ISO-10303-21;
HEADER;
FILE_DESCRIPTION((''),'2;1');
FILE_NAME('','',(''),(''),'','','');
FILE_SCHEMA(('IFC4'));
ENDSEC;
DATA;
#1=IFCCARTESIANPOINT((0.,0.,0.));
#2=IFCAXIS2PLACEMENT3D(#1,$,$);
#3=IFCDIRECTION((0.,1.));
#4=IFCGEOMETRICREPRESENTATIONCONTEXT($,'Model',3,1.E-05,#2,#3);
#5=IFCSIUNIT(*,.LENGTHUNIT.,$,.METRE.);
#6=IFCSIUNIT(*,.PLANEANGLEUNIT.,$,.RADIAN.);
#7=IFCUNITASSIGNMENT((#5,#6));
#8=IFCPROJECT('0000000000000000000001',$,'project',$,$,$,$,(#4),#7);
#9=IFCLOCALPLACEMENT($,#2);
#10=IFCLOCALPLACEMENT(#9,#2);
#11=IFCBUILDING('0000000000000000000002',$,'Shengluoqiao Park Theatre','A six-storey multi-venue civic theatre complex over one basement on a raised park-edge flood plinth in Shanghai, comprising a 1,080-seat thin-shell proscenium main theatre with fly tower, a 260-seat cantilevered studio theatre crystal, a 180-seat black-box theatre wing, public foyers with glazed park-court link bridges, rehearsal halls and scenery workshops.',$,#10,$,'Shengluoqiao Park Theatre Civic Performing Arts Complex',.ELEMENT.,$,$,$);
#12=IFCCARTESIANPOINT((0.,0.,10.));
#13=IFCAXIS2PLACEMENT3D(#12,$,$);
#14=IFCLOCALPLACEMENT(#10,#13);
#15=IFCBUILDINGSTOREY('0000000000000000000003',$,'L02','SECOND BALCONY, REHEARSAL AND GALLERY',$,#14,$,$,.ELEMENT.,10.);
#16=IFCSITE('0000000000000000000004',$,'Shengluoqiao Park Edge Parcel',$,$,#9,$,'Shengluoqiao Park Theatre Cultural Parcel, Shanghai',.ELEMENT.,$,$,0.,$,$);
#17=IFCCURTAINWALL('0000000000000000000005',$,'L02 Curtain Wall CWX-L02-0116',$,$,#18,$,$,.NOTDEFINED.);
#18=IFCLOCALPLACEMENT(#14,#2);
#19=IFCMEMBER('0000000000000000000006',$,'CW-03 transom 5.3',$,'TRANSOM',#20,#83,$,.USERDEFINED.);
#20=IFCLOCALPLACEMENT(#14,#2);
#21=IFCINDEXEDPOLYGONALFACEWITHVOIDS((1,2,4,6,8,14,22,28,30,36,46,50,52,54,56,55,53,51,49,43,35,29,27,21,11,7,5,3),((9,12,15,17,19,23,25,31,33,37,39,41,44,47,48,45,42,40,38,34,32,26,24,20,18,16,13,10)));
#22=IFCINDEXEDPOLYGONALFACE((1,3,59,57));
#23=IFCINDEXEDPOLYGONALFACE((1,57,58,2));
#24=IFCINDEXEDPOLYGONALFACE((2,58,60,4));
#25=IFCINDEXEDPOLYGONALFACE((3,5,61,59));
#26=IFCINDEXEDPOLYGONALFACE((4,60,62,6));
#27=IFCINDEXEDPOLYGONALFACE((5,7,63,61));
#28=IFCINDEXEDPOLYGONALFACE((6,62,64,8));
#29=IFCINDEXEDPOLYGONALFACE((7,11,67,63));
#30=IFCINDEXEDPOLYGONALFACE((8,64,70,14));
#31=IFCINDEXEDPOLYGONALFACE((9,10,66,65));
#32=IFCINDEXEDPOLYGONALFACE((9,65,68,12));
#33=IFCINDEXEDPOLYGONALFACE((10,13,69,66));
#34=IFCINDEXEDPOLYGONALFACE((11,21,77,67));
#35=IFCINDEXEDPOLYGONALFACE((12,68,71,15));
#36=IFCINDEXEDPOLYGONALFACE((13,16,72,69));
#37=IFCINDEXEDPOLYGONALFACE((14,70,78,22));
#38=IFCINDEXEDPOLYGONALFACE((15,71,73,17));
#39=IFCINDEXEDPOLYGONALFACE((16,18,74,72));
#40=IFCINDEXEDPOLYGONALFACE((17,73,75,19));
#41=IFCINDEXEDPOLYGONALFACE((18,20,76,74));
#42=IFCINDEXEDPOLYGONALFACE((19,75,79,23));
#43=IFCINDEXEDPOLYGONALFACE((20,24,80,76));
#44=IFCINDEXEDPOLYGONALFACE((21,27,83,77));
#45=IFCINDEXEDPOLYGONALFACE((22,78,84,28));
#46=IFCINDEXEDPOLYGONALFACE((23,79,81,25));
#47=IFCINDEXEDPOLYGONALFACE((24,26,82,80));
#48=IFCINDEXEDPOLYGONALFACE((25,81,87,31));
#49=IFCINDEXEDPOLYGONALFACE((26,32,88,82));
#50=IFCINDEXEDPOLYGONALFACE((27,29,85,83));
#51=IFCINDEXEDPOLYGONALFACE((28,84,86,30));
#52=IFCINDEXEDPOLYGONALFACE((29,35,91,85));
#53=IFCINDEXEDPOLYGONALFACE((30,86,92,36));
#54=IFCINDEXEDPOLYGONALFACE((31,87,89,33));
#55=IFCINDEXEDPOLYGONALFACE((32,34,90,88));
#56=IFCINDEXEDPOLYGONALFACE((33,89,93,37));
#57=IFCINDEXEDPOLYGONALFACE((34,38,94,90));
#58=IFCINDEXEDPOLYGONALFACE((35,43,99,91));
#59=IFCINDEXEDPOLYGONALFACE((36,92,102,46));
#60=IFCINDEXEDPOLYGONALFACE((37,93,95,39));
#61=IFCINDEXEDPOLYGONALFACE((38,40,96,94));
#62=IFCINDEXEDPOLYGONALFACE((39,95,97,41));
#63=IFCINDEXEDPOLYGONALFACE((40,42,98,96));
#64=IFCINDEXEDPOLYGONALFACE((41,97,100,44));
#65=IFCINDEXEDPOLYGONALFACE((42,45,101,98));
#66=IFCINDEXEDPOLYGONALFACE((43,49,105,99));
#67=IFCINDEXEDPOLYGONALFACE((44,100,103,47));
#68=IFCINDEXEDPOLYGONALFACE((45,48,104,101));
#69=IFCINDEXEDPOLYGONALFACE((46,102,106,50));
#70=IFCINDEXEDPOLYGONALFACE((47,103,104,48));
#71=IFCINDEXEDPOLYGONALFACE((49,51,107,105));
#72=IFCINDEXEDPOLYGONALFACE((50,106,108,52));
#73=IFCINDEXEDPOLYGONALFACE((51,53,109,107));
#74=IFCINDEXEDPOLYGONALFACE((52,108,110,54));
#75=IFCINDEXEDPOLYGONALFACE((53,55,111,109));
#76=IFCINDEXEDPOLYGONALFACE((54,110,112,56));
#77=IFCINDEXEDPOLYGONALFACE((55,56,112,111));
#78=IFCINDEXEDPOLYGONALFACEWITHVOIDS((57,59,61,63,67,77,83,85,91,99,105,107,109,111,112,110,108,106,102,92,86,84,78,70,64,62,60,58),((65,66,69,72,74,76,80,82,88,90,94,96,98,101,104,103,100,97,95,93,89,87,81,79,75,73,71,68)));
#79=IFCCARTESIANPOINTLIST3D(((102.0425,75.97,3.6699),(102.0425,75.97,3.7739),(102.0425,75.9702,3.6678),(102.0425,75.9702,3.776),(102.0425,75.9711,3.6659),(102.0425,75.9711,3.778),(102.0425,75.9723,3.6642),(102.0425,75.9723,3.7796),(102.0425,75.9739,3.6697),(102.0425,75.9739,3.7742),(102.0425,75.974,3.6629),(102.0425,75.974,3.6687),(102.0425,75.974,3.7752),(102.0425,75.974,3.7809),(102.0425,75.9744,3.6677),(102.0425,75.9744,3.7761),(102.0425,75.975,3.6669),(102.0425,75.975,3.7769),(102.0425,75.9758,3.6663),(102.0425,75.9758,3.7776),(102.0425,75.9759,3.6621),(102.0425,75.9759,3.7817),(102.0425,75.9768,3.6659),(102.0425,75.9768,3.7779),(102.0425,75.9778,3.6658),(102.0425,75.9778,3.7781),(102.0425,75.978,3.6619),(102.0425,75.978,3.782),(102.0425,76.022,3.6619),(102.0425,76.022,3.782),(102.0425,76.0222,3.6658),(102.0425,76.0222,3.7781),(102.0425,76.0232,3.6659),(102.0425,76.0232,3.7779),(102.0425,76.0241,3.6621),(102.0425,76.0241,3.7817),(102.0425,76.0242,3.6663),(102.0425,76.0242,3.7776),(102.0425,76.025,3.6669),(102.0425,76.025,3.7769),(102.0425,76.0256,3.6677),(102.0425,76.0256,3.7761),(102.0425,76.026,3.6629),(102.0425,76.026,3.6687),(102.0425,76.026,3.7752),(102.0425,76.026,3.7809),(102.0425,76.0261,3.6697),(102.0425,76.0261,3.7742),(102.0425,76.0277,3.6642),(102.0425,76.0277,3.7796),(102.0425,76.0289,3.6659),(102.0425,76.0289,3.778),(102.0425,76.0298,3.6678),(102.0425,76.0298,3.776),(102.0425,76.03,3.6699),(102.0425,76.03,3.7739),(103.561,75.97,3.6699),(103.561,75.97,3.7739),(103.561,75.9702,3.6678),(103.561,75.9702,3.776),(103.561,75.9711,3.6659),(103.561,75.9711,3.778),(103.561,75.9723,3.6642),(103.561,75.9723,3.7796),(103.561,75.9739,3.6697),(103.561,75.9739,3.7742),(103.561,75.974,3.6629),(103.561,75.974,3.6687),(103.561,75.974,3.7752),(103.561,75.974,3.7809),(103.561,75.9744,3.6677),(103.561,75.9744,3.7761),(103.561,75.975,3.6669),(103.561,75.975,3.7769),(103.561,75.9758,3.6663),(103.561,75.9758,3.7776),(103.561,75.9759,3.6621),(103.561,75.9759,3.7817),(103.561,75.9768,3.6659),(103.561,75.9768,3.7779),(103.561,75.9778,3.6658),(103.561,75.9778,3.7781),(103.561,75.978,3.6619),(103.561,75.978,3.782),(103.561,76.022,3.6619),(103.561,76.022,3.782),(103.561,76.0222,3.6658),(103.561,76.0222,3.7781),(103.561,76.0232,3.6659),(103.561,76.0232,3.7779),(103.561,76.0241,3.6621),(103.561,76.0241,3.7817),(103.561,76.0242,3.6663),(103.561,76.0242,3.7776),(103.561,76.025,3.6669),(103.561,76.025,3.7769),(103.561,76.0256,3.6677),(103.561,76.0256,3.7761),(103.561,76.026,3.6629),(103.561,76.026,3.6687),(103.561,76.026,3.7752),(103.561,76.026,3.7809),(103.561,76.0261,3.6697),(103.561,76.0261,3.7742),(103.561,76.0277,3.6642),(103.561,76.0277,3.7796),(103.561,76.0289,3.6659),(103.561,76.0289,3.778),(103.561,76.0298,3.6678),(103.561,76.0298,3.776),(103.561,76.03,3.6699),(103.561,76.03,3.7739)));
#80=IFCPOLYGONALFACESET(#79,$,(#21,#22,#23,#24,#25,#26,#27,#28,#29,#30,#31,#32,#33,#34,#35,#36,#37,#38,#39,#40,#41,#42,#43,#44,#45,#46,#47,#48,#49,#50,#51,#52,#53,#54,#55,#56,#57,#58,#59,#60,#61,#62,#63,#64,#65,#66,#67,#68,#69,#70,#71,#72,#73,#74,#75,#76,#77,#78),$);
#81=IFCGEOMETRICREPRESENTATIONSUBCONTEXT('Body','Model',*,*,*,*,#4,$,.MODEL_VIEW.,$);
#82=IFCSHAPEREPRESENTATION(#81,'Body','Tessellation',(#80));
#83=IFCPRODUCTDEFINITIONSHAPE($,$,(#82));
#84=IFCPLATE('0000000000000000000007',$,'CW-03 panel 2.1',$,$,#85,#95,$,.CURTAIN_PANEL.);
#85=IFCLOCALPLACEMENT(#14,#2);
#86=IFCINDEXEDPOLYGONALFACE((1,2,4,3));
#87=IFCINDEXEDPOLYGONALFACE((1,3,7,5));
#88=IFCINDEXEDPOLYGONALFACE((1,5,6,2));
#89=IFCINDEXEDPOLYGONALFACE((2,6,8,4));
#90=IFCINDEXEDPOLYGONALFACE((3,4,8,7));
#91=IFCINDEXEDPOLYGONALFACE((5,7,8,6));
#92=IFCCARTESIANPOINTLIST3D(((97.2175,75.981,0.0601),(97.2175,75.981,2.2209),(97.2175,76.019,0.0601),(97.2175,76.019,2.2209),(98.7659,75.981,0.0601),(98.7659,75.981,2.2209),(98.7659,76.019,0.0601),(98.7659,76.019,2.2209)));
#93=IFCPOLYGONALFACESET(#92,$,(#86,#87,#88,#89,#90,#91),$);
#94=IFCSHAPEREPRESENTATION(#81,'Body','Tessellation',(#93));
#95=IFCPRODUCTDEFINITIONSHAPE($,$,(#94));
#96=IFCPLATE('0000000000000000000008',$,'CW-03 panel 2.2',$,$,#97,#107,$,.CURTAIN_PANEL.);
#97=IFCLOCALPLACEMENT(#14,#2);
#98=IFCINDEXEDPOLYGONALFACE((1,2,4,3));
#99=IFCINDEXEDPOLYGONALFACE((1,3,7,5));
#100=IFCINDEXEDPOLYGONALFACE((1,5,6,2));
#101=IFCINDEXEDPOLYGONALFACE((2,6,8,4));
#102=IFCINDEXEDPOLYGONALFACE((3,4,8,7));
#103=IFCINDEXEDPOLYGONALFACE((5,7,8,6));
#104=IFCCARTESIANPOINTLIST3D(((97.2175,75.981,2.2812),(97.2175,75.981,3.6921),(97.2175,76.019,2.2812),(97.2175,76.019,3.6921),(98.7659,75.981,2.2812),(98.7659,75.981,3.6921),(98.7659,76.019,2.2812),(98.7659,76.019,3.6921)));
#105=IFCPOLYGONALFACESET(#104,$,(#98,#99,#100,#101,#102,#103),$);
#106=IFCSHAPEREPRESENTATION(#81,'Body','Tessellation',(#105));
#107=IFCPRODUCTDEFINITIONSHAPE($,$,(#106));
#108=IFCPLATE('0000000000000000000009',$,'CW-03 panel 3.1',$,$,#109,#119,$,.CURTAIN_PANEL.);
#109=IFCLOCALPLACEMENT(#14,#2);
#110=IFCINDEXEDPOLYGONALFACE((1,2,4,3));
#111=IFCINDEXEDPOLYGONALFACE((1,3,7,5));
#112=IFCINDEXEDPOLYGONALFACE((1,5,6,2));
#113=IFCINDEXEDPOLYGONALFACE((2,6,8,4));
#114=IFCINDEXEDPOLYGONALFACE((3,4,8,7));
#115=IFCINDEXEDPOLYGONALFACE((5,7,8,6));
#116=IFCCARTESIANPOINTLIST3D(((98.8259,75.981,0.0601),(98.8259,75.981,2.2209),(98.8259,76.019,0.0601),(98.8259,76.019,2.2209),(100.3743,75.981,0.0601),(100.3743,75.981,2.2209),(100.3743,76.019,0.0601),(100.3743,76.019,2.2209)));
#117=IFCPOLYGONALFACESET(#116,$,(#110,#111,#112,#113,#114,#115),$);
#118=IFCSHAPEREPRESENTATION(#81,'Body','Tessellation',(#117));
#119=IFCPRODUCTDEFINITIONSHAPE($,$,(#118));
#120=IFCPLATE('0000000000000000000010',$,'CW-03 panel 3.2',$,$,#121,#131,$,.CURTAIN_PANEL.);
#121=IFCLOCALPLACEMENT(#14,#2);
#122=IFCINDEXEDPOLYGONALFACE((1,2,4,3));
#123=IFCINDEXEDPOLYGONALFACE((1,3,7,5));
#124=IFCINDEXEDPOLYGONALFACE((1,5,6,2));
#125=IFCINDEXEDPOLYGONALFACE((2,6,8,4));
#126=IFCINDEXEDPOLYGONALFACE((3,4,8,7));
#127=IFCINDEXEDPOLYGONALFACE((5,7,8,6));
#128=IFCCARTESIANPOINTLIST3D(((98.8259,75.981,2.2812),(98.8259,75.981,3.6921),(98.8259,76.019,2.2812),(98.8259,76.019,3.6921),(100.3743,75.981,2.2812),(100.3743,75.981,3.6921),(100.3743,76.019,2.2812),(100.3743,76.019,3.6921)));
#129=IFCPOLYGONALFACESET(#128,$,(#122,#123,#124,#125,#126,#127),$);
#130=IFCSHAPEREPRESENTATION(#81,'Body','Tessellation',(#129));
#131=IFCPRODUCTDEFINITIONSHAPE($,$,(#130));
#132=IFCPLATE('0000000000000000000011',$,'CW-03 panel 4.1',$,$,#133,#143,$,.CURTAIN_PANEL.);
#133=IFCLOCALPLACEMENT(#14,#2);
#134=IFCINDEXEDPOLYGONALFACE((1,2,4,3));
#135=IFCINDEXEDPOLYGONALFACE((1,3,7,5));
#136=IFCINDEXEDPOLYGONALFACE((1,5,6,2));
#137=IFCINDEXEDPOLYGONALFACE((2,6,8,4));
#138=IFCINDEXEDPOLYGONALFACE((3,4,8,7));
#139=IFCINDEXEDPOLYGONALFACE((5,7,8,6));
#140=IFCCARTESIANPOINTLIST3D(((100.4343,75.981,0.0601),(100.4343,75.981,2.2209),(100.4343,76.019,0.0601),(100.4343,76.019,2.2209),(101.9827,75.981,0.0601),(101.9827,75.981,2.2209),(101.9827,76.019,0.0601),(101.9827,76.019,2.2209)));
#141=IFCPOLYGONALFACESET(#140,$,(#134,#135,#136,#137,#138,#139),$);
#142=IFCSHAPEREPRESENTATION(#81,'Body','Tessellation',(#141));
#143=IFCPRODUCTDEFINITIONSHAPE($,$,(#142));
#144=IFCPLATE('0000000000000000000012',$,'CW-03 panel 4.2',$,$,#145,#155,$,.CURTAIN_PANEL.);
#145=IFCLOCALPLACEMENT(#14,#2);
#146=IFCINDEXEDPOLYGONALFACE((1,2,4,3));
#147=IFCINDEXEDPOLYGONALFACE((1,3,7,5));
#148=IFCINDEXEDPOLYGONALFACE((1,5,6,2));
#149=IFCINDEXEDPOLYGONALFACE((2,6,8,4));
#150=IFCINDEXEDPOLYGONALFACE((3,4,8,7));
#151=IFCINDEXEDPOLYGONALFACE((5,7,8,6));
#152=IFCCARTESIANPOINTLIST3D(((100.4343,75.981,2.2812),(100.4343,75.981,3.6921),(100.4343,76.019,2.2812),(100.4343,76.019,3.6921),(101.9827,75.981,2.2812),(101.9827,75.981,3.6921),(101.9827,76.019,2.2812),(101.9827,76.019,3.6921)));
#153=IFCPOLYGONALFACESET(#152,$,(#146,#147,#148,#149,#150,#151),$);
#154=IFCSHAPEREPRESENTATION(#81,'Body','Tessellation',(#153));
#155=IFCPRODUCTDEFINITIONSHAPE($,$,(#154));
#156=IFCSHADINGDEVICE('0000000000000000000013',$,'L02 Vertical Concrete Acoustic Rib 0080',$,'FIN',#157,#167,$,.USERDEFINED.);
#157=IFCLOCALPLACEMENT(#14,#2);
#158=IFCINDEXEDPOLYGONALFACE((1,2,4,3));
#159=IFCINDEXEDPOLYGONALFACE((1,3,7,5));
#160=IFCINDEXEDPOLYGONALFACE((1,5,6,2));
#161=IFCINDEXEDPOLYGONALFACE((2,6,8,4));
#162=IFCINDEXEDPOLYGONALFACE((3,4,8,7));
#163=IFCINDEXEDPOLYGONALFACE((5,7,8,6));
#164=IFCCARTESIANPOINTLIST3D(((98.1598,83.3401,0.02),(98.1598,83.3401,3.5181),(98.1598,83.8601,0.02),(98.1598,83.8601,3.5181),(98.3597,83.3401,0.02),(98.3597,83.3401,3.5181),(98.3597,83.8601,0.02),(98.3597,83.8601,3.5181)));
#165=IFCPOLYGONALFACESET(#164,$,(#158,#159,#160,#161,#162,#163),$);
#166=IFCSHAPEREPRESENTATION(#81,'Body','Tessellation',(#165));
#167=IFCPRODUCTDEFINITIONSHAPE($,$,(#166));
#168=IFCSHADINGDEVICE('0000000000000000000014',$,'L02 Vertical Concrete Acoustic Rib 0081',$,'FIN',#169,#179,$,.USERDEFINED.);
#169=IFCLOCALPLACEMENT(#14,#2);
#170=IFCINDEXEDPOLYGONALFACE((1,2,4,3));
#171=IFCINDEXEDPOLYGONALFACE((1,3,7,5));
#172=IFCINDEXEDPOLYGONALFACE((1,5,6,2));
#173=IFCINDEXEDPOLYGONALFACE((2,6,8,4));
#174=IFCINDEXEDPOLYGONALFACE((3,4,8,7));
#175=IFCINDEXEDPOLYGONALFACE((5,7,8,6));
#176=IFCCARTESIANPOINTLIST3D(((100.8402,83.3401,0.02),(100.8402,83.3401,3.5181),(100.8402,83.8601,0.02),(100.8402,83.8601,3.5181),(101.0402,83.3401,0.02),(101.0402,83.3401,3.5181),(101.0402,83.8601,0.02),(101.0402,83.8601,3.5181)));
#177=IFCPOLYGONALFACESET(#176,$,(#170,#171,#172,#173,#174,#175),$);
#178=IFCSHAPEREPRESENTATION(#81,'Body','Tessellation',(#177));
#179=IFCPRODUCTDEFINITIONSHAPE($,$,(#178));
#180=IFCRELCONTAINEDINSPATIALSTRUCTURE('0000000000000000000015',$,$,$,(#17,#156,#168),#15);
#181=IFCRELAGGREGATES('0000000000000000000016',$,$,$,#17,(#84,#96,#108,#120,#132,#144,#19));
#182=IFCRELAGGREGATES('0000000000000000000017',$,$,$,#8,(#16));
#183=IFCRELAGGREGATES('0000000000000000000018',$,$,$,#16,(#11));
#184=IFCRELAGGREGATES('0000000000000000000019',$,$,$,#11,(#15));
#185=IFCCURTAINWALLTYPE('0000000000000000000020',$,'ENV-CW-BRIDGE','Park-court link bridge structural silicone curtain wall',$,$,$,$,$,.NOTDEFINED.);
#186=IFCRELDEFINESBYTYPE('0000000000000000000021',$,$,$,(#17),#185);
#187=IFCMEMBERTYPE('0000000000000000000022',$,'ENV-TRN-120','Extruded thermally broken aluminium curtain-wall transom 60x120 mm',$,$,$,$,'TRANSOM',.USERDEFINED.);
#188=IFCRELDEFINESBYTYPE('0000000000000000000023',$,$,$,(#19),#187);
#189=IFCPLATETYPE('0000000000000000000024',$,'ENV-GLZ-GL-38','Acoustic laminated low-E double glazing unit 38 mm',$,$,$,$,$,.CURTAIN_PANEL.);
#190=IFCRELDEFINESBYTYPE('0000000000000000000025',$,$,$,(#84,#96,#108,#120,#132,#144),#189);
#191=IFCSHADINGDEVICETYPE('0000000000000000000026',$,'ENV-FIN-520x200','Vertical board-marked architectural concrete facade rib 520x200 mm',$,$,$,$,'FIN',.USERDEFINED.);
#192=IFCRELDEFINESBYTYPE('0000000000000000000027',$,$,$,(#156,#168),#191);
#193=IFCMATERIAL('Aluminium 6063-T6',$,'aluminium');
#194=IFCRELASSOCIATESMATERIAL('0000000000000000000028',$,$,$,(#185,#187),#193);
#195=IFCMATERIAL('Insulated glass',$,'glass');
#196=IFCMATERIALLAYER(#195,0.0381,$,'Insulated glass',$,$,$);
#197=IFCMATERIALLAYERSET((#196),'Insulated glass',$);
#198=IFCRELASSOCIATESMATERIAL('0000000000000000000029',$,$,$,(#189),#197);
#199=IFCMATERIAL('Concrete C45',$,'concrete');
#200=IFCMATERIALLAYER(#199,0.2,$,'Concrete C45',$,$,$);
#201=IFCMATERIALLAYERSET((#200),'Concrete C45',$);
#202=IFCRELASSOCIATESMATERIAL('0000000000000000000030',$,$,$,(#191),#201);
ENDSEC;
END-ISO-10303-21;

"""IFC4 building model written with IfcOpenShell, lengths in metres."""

from ifc_helpers import new_model, si_unit, direction, frame, origin, origin_2d, place, context, subcontext, project, spatial, rectangle, hollow_rectangle, extrude, material, layer, layer_set, material_profile, profile_set, type_object, element, aggregate, save


model = new_model("IFC4")

# Units and contexts
model_context = context("Model", 3, precision=1e-05, world=origin(), true_north=direction((0.0, 1.0)))
body_context = subcontext(model_context, "Body", "Model", "MODEL_VIEW")
ifc_project = project(units=[si_unit("LENGTHUNIT", "METRE"), si_unit("PLANEANGLEUNIT", "RADIAN")], contexts=[model_context])

# Site, building, storey
site_placement = place(None, origin())
site = spatial("IfcSite", under=ifc_project, at=site_placement, Name="Shengluoqiao Park Edge Parcel", LongName="Shengluoqiao Park Theatre Cultural Parcel, Shanghai", CompositionType="ELEMENT", RefElevation=0.0)
building_placement = place(site_placement, origin())
building = spatial("IfcBuilding", under=site, at=building_placement, Name="Shengluoqiao Park Theatre", Description="A six-storey multi-venue civic theatre complex over one basement on a raised park-edge flood plinth in Shanghai, comprising a 1,080-seat thin-shell proscenium main theatre with fly tower, a 260-seat cantilevered studio theatre crystal, a 180-seat black-box theatre wing, public foyers with glazed park-court link bridges, rehearsal halls and scenery workshops.", LongName="Shengluoqiao Park Theatre Civic Performing Arts Complex", CompositionType="ELEMENT")
storey_placement = place(building_placement, frame((0.0, 0.0, 10.0)))
storey = spatial("IfcBuildingStorey", under=building, at=storey_placement, Name="L02", Description="SECOND BALCONY, REHEARSAL AND GALLERY", CompositionType="ELEMENT", Elevation=10.0)

# Curtain wall, member, plates
ifc_material_1 = material(Name="Aluminium 6063-T6", Category="aluminium")
curtain_wall_type = type_object("IfcCurtainWallType", Name="ENV-CW-BRIDGE", Description="Park-court link bridge structural silicone curtain wall", PredefinedType="NOTDEFINED", material=ifc_material_1)
curtain_wall_placement = place(storey_placement, origin())
curtain_wall = element("IfcCurtainWall", 1, at=curtain_wall_placement, inside=storey, type_object=curtain_wall_type, Name="L02 Curtain Wall CWX-L02-0116", PredefinedType="NOTDEFINED")
ifc_material_profile_1 = material_profile(ifc_material_1, hollow_rectangle(XDim=0.0601, YDim=0.1201, WallThickness=0.0039, InnerFilletRadius=0.0039, OuterFilletRadius=0.0081, at=origin_2d()), Name="ALU TRANSOM 120x60x4")
ifc_profile_set_1 = profile_set([ifc_material_profile_1], Name="Aluminium 6063-T6")
member_type_1 = type_object("IfcMemberType", Name="ENV-TRN-120", Description="Extruded thermally broken aluminium curtain-wall transom 60x120 mm", ElementType="TRANSOM", PredefinedType="USERDEFINED", material=ifc_profile_set_1)
member_1_placement = place(storey_placement, frame((102.0425, 76.0, 3.7219), z_axis=(1.0, 0.0, 0.0), x_axis=(0.0, 1.0, 0.0)))
member_1 = element("IfcMember", 2, at=member_1_placement, type_object=member_type_1, Name="CW-03 transom 5.3", ObjectType="TRANSOM", PredefinedType="USERDEFINED", context=body_context, shape_type="SweptSolid", body=[
    extrude(hollow_rectangle(XDim=0.0601, YDim=0.1201, WallThickness=0.0039, InnerFilletRadius=0.0039, OuterFilletRadius=0.0081, at=origin_2d()), origin(), (0.0, 0.0, 1.0), 1.5186),
])
ifc_material_2 = material(Name="Insulated glass", Category="glass")
ifc_layer_1 = layer(ifc_material_2, 0.0381, Name="Insulated glass")
ifc_layer_set_1 = layer_set([ifc_layer_1], Name="Insulated glass")
plate_type = type_object("IfcPlateType", Name="ENV-GLZ-GL-38", Description="Acoustic laminated low-E double glazing unit 38 mm", PredefinedType="CURTAIN_PANEL", material=ifc_layer_set_1)
plate_1_placement = place(storey_placement, frame((97.9917, 76.0, 0.0601), z_axis=(0.0, 0.0, 1.0), x_axis=(1.0, 0.0, 0.0)))
plate_1 = element("IfcPlate", 3, at=plate_1_placement, type_object=plate_type, Name="CW-03 panel 2.1", PredefinedType="CURTAIN_PANEL", context=body_context, shape_type="SweptSolid", body=[
    extrude(rectangle(XDim=1.5483, YDim=0.0381, at=origin_2d()), origin(), (0.0, 0.0, 1.0), 2.1609),
])
plate_2_placement = place(storey_placement, frame((97.9917, 76.0, 2.2812), z_axis=(0.0, 0.0, 1.0), x_axis=(1.0, 0.0, 0.0)))
plate_2 = element("IfcPlate", 4, at=plate_2_placement, type_object=plate_type, Name="CW-03 panel 2.2", PredefinedType="CURTAIN_PANEL", context=body_context, shape_type="SweptSolid", body=[
    extrude(rectangle(XDim=1.5483, YDim=0.0381, at=origin_2d()), origin(), (0.0, 0.0, 1.0), 1.4109),
])
plate_3_placement = place(storey_placement, frame((99.6001, 76.0, 0.0601), z_axis=(0.0, 0.0, 1.0), x_axis=(1.0, 0.0, 0.0)))
plate_3 = element("IfcPlate", 5, at=plate_3_placement, type_object=plate_type, Name="CW-03 panel 3.1", PredefinedType="CURTAIN_PANEL", context=body_context, shape_type="SweptSolid", body=[
    extrude(rectangle(XDim=1.5483, YDim=0.0381, at=origin_2d()), origin(), (0.0, 0.0, 1.0), 2.1609),
])
plate_4_placement = place(storey_placement, frame((99.6001, 76.0, 2.2812), z_axis=(0.0, 0.0, 1.0), x_axis=(1.0, 0.0, 0.0)))
plate_4 = element("IfcPlate", 6, at=plate_4_placement, type_object=plate_type, Name="CW-03 panel 3.2", PredefinedType="CURTAIN_PANEL", context=body_context, shape_type="SweptSolid", body=[
    extrude(rectangle(XDim=1.5483, YDim=0.0381, at=origin_2d()), origin(), (0.0, 0.0, 1.0), 1.4109),
])
plate_5_placement = place(storey_placement, frame((101.2085, 76.0, 0.0601), z_axis=(0.0, 0.0, 1.0), x_axis=(1.0, 0.0, 0.0)))
plate_5 = element("IfcPlate", 7, at=plate_5_placement, type_object=plate_type, Name="CW-03 panel 4.1", PredefinedType="CURTAIN_PANEL", context=body_context, shape_type="SweptSolid", body=[
    extrude(rectangle(XDim=1.5483, YDim=0.0381, at=origin_2d()), origin(), (0.0, 0.0, 1.0), 2.1609),
])
plate_6_placement = place(storey_placement, frame((101.2085, 76.0, 2.2812), z_axis=(0.0, 0.0, 1.0), x_axis=(1.0, 0.0, 0.0)))
plate_6 = element("IfcPlate", 8, at=plate_6_placement, type_object=plate_type, Name="CW-03 panel 4.2", PredefinedType="CURTAIN_PANEL", context=body_context, shape_type="SweptSolid", body=[
    extrude(rectangle(XDim=1.5483, YDim=0.0381, at=origin_2d()), origin(), (0.0, 0.0, 1.0), 1.4109),
])
aggregate(curtain_wall, [plate_1, plate_2, plate_3, plate_4, plate_5, plate_6, member_1])

# Shading devices
ifc_material_3 = material(Name="Concrete C45", Category="concrete")
ifc_layer_2 = layer(ifc_material_3, 0.2, Name="Concrete C45")
ifc_layer_set_2 = layer_set([ifc_layer_2], Name="Concrete C45")
shading_device_type = type_object("IfcShadingDeviceType", Name="ENV-FIN-520x200", Description="Vertical board-marked architectural concrete facade rib 520x200 mm", ElementType="FIN", PredefinedType="USERDEFINED", material=ifc_layer_set_2)
for number, where, z_axis, x_axis, name in (
    (9, (98.2598, 83.6001, 0.02), (0.0, 0.0, 1.0), (0.0, -1.0, 0.0), "L02 Vertical Concrete Acoustic Rib 0080"),
    (10, (100.9402, 83.6001, 0.02), (0.0, 0.0, 1.0), (0.0, -1.0, 0.0), "L02 Vertical Concrete Acoustic Rib 0081"),
):
    element("IfcShadingDevice", number, at=place(storey_placement, frame(where, z_axis=z_axis, x_axis=x_axis)), inside=storey, type_object=shading_device_type, Name=name, ObjectType="FIN", PredefinedType="USERDEFINED", context=body_context, shape_type="SweptSolid", body=[
        extrude(rectangle(XDim=0.52, YDim=0.2, at=origin_2d()), origin(), (0.0, 0.0, 1.0), 3.498),
    ])

save(model, "model.ifc")
